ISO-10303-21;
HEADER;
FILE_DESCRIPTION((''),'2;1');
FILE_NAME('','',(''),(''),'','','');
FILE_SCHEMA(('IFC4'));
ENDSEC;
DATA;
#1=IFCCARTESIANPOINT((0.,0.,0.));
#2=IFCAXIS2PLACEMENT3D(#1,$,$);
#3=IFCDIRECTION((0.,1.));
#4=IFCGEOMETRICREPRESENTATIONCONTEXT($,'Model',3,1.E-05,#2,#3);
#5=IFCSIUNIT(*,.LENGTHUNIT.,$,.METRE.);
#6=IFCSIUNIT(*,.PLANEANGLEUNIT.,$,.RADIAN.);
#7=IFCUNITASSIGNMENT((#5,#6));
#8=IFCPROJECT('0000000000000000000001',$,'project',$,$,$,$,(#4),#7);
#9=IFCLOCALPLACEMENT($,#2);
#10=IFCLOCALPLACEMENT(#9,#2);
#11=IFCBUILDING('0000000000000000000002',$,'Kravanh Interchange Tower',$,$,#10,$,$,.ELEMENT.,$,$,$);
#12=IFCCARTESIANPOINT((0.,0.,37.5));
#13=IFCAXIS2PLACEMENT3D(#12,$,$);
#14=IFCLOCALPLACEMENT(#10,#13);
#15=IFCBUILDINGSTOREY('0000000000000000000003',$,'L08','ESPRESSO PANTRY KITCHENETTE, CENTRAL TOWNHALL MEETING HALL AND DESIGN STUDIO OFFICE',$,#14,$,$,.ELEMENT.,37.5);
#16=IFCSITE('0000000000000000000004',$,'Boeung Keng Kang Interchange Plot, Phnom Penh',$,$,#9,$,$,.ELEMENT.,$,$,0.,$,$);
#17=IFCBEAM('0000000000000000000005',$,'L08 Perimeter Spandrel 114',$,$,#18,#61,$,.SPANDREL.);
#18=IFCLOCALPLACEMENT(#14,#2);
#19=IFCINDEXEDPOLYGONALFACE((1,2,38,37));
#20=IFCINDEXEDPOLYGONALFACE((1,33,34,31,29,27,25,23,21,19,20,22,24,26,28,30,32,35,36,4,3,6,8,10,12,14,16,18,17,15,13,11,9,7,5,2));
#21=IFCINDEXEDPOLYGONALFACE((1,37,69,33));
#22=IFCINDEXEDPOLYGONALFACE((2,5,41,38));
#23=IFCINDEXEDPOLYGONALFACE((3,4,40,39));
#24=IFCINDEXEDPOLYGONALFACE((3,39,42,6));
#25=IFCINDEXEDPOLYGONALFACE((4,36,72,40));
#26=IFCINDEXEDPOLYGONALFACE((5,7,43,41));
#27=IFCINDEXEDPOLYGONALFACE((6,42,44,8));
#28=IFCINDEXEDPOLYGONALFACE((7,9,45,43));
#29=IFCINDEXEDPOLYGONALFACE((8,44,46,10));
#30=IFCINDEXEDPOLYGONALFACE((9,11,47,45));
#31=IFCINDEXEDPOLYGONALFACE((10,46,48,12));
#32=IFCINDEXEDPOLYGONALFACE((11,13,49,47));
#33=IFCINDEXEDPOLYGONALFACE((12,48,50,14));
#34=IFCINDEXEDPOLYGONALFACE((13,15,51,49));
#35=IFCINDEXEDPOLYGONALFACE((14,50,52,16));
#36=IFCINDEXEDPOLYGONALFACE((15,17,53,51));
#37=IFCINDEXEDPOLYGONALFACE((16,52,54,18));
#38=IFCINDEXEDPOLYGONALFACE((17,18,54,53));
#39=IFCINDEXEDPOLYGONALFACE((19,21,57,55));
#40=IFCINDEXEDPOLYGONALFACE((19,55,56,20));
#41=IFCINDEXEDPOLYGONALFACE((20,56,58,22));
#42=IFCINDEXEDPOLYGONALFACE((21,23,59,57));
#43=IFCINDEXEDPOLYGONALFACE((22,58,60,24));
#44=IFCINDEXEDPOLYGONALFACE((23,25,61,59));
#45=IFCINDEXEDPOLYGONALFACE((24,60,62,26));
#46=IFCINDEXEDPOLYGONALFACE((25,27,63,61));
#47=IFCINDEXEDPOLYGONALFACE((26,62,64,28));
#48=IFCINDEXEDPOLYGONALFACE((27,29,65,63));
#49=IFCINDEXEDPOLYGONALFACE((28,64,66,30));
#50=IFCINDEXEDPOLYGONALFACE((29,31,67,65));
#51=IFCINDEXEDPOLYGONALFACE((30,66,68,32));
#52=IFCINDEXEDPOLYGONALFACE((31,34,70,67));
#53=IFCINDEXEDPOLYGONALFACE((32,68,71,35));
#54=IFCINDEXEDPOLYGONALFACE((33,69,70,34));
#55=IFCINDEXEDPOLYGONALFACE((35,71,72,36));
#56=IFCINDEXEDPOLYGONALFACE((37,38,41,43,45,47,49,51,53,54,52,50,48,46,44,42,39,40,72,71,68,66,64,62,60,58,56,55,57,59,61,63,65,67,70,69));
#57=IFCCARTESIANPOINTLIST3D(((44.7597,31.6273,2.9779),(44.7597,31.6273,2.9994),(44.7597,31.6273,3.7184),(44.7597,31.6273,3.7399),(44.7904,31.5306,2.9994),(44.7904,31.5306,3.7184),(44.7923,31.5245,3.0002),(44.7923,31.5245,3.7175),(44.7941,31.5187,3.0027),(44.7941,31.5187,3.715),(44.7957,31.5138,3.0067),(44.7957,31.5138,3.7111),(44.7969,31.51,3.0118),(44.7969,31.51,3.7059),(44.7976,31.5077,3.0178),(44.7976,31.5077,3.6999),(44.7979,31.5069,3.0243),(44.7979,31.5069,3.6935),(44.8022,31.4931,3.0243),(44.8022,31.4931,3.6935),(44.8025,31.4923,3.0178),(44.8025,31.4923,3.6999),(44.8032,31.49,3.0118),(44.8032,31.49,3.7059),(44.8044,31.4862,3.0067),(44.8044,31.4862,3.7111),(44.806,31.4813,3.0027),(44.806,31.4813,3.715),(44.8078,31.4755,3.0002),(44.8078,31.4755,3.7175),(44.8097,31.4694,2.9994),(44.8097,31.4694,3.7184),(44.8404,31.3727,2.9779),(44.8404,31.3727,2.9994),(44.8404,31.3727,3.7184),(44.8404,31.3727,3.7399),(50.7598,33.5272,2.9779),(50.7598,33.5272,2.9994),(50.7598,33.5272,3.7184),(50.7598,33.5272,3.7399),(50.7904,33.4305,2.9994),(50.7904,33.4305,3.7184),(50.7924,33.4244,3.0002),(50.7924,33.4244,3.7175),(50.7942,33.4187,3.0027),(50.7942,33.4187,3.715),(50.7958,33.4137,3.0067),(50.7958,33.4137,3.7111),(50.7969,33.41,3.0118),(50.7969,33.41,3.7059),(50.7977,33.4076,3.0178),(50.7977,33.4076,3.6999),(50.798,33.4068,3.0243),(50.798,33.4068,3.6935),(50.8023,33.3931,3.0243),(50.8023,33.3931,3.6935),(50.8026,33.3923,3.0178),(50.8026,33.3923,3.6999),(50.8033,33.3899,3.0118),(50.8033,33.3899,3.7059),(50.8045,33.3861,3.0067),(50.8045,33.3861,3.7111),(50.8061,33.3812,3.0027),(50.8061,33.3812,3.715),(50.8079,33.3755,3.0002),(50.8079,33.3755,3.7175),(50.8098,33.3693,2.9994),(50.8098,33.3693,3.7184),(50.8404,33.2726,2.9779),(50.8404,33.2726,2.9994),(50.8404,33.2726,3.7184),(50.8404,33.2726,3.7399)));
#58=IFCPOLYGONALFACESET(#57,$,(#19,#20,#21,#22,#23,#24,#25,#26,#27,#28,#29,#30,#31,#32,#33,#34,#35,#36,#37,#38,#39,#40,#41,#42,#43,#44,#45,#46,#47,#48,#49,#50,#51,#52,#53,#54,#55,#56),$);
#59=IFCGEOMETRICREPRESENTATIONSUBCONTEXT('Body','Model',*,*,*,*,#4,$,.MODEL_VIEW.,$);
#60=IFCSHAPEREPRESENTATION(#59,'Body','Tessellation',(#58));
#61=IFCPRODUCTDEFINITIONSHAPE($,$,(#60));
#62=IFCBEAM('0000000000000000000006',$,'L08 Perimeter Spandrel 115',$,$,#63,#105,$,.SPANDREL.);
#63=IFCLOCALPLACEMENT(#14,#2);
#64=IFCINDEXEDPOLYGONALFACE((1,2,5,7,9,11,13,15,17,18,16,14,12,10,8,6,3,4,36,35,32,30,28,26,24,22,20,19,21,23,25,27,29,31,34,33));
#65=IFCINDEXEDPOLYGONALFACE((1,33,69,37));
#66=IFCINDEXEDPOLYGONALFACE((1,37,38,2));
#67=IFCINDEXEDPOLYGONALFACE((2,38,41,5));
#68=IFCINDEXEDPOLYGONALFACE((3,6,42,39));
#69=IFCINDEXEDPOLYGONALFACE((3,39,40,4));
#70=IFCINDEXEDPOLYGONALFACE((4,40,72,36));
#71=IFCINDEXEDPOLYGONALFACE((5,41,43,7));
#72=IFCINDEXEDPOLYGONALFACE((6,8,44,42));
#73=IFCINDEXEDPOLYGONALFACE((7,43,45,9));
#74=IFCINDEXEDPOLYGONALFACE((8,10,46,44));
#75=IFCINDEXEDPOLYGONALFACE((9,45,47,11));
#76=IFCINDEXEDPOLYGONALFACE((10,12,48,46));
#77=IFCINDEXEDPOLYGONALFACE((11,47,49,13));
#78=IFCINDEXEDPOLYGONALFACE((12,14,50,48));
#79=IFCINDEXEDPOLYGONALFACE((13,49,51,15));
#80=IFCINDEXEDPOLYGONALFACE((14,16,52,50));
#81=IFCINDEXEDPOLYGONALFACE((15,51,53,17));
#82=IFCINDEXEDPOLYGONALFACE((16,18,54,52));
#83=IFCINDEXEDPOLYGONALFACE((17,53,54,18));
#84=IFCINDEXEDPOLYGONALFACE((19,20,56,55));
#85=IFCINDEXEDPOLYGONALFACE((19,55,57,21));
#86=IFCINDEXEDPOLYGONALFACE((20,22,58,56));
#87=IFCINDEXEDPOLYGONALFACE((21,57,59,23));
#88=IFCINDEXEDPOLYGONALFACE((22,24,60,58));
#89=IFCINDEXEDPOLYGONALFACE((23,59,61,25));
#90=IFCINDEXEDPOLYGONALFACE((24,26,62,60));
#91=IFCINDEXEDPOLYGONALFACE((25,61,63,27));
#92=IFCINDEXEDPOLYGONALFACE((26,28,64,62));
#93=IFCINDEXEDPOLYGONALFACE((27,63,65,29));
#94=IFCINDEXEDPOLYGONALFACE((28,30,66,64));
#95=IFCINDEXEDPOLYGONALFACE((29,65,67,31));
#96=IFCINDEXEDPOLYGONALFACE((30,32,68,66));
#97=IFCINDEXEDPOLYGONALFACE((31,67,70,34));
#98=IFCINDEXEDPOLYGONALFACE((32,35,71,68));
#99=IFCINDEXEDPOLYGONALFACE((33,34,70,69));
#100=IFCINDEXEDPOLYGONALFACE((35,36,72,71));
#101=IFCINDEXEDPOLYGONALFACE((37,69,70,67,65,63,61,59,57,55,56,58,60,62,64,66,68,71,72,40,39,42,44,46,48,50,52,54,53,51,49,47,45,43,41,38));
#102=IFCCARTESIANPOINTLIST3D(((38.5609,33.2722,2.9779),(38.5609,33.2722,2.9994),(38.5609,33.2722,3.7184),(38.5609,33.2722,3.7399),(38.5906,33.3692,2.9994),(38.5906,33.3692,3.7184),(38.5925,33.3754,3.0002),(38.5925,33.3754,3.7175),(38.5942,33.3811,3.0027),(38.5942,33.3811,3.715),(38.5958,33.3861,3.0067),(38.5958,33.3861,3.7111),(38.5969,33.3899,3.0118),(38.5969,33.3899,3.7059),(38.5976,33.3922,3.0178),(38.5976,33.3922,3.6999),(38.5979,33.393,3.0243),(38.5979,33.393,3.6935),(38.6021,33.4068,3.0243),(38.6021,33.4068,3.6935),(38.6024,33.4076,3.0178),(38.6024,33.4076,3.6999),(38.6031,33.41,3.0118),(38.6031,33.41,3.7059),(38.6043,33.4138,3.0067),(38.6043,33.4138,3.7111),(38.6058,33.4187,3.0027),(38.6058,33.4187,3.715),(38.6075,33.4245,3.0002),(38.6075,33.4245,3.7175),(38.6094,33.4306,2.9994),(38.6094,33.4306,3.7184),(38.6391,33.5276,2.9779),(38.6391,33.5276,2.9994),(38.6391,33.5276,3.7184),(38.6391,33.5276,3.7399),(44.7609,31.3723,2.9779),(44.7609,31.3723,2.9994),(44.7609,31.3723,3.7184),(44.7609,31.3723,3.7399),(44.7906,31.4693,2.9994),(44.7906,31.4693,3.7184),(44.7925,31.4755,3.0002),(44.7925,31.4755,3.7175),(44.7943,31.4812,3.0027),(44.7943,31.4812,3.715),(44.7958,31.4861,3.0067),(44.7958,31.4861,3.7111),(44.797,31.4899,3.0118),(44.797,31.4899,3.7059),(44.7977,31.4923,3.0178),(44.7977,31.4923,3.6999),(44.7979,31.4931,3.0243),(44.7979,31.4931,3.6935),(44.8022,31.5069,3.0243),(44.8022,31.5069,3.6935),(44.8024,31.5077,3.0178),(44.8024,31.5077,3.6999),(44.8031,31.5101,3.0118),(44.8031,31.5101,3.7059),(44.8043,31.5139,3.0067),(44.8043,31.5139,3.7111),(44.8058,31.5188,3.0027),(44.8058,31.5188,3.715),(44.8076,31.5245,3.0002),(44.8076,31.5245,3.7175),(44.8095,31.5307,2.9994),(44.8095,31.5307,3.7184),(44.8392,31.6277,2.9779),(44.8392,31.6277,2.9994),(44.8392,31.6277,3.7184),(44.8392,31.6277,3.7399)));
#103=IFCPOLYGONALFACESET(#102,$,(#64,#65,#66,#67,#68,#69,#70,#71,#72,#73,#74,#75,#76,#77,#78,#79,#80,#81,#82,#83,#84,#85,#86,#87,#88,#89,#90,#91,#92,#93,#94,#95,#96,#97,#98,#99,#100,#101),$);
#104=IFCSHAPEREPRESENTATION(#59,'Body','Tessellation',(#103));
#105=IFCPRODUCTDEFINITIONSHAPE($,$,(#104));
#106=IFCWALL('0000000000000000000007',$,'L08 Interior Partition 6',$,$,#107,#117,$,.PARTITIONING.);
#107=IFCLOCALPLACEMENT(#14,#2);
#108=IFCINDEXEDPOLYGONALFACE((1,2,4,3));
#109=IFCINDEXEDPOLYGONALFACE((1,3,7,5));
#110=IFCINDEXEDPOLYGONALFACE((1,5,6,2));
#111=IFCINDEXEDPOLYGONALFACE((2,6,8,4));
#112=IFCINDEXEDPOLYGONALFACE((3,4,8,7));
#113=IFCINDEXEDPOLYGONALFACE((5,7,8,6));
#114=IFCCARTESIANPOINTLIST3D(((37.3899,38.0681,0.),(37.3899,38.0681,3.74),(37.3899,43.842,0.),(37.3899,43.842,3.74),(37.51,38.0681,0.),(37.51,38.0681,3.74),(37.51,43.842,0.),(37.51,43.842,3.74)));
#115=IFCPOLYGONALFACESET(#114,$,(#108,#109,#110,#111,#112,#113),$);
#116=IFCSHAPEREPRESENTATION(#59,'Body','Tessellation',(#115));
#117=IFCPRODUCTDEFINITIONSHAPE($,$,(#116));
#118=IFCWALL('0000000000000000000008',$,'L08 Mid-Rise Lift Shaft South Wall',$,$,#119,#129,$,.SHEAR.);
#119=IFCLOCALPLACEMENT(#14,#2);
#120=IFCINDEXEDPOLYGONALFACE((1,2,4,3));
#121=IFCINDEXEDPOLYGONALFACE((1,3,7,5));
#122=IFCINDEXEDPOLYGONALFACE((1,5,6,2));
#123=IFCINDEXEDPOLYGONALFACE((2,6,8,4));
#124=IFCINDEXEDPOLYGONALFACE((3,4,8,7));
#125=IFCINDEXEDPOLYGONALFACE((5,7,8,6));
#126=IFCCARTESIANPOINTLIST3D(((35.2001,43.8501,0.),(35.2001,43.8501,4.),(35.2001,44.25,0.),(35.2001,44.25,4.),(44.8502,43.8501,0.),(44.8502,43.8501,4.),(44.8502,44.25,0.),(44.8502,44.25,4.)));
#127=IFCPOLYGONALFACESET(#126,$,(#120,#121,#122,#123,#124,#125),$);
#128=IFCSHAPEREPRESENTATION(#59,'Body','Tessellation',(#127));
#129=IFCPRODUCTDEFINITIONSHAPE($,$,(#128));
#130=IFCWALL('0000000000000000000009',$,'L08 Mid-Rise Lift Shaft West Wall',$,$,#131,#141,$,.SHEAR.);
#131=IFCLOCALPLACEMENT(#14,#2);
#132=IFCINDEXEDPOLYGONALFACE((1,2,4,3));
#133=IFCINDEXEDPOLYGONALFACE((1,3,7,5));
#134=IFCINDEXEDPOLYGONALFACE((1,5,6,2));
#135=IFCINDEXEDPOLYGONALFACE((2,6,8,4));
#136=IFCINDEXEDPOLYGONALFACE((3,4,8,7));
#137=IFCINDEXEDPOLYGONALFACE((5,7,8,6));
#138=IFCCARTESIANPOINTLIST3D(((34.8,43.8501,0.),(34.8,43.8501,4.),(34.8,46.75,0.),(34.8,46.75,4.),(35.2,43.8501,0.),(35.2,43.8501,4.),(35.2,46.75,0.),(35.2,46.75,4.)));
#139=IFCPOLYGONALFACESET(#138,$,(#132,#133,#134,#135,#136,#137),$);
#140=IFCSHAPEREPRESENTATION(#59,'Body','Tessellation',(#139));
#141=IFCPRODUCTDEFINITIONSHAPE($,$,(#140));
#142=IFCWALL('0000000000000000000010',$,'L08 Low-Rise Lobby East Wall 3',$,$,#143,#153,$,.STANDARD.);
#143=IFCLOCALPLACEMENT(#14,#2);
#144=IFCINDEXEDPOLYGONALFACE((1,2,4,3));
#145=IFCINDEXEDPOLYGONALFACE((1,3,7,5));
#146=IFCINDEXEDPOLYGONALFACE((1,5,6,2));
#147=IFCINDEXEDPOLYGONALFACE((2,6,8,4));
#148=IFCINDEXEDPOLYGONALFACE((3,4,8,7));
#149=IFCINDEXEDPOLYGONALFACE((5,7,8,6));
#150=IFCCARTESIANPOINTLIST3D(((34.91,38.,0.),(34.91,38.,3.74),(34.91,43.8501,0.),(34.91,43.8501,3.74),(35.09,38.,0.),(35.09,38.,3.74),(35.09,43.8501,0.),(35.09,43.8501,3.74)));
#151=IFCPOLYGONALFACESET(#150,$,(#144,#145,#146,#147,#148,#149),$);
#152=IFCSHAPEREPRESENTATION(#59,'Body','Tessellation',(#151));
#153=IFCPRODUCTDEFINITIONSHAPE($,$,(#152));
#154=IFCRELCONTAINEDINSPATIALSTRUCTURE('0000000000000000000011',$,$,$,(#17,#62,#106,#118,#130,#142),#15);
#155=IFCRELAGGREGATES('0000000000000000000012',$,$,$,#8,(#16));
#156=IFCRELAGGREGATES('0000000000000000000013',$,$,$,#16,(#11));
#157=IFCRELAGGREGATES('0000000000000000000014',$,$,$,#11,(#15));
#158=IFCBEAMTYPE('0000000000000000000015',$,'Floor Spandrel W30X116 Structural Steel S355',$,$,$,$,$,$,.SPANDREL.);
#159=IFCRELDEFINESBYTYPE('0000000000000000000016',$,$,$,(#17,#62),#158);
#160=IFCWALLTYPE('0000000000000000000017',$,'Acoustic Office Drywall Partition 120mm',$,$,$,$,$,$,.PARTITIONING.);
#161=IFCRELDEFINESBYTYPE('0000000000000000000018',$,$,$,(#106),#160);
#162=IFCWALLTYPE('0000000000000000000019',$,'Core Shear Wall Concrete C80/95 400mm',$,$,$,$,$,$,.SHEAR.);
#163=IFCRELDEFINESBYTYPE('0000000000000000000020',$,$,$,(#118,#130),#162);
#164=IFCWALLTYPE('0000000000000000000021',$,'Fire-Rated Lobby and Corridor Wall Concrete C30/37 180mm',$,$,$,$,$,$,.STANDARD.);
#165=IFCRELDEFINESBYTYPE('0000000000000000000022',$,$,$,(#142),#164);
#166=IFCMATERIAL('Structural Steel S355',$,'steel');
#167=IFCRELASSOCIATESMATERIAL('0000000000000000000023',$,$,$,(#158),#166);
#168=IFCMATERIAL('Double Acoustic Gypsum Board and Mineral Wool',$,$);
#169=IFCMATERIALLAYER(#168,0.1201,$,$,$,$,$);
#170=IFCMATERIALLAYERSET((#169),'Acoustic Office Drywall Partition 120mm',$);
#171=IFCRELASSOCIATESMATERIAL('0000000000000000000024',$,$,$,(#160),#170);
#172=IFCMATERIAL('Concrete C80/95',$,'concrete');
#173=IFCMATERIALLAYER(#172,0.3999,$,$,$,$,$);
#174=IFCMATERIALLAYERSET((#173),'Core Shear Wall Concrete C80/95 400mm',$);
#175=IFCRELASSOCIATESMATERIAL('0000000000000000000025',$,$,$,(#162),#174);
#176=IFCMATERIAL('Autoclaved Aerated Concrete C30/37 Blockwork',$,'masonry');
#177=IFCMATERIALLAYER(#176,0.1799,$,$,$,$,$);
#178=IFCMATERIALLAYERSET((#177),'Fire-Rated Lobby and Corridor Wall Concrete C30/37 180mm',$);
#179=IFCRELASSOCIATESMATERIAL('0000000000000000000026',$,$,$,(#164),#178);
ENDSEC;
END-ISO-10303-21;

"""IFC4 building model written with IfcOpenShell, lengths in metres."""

from ifc_helpers import new_model, si_unit, direction, frame, frame_2d, origin, origin_2d, place, context, subcontext, project, spatial, rectangle, i_section, extrude, material, layer, layer_set, material_profile, profile_set, type_object, element, save


model = new_model("IFC4")

# Units and contexts
model_context = context("Model", 3, precision=1e-05, world=origin(), true_north=direction((0.0, 1.0)))
body_context = subcontext(model_context, "Body", "Model", "MODEL_VIEW")
ifc_project = project(units=[si_unit("LENGTHUNIT", "METRE"), si_unit("PLANEANGLEUNIT", "RADIAN")], contexts=[model_context])

# Site, building, storey
site_placement = place(None, origin())
site = spatial("IfcSite", under=ifc_project, at=site_placement, Name="Boeung Keng Kang Interchange Plot, Phnom Penh", CompositionType="ELEMENT", RefElevation=0.0)
building_placement = place(site_placement, origin())
building = spatial("IfcBuilding", under=site, at=building_placement, Name="Kravanh Interchange Tower", CompositionType="ELEMENT")
storey_placement = place(building_placement, frame((0.0, 0.0, 37.5)))
storey = spatial("IfcBuildingStorey", under=building, at=storey_placement, Name="L08", Description="ESPRESSO PANTRY KITCHENETTE, CENTRAL TOWNHALL MEETING HALL AND DESIGN STUDIO OFFICE", CompositionType="ELEMENT", Elevation=37.5)

# Beams
ifc_material_1 = material(Name="Structural Steel S355", Category="steel")
ifc_material_profile_1 = material_profile(ifc_material_1, i_section(OverallWidth=0.2671, OverallDepth=0.762, WebThickness=0.0144, FlangeThickness=0.0215, FilletRadius=0.0249, at=origin_2d()), Name="W30X116")
ifc_profile_set_1 = profile_set([ifc_material_profile_1], Name="Structural Steel S355")
beam_type_1 = type_object("IfcBeamType", Name="Floor Spandrel W30X116 Structural Steel S355", PredefinedType="SPANDREL", material=ifc_profile_set_1)
beam_1_placement = place(storey_placement, frame((44.8, 31.5, 3.3589), z_axis=(0.953347, 0.301878, 0.0), x_axis=(-0.301878, 0.953347, 0.0)))
element("IfcBeam", 1, at=beam_1_placement, inside=storey, type_object=beam_type_1, Name="L08 Perimeter Spandrel 114", PredefinedType="SPANDREL", context=body_context, shape_type="SweptSolid", body=[
    extrude(i_section(OverallWidth=0.2671, OverallDepth=0.762, WebThickness=0.0144, FlangeThickness=0.0215, FilletRadius=0.0249, at=origin_2d()), origin(), (0.0, 0.0, 1.0), 6.2937),
])
beam_2_placement = place(storey_placement, frame((44.8, 31.5, 3.3589), z_axis=(-0.956115, 0.29299, 0.0), x_axis=(-0.29299, -0.956115, 0.0)))
element("IfcBeam", 2, at=beam_2_placement, inside=storey, type_object=beam_type_1, Name="L08 Perimeter Spandrel 115", PredefinedType="SPANDREL", context=body_context, shape_type="SweptSolid", body=[
    extrude(i_section(OverallWidth=0.2671, OverallDepth=0.762, WebThickness=0.0144, FlangeThickness=0.0215, FilletRadius=0.0249, at=origin_2d()), origin(), (0.0, 0.0, 1.0), 6.4846),
])

# Walls
ifc_material_2 = material(Name="Double Acoustic Gypsum Board and Mineral Wool")
ifc_layer_1 = layer(ifc_material_2, 0.1201)
ifc_layer_set_1 = layer_set([ifc_layer_1], Name="Acoustic Office Drywall Partition 120mm")
wall_type_1 = type_object("IfcWallType", Name="Acoustic Office Drywall Partition 120mm", PredefinedType="PARTITIONING", material=ifc_layer_set_1)
wall_1_placement = place(storey_placement, frame((37.45, 38.0681, 0.0), z_axis=(0.0, 0.0, 1.0), x_axis=(0.0, 1.0, 0.0)))
element("IfcWall", 3, at=wall_1_placement, inside=storey, type_object=wall_type_1, Name="L08 Interior Partition 6", PredefinedType="PARTITIONING", context=body_context, shape_type="SweptSolid", body=[
    extrude(rectangle(XDim=5.7739, YDim=0.1201, at=frame_2d((2.887, 0.0))), origin(), (0.0, 0.0, 1.0), 3.74),
])
ifc_material_3 = material(Name="Concrete C80/95", Category="concrete")
ifc_layer_2 = layer(ifc_material_3, 0.3999)
ifc_layer_set_2 = layer_set([ifc_layer_2], Name="Core Shear Wall Concrete C80/95 400mm")
wall_type_2 = type_object("IfcWallType", Name="Core Shear Wall Concrete C80/95 400mm", PredefinedType="SHEAR", material=ifc_layer_set_2)
wall_2_placement = place(storey_placement, frame((35.2, 44.05, 0.0), z_axis=(0.0, 0.0, 1.0), x_axis=(1.0, 0.0, 0.0)))
element("IfcWall", 4, at=wall_2_placement, inside=storey, type_object=wall_type_2, Name="L08 Mid-Rise Lift Shaft South Wall", PredefinedType="SHEAR", context=body_context, shape_type="SweptSolid", body=[
    extrude(rectangle(XDim=9.6501, YDim=0.3999, at=frame_2d((4.8252, 0.0))), origin(), (0.0, 0.0, 1.0), 4.0),
])
wall_3_placement = place(storey_placement, frame((35.0, 43.8501, 0.0), z_axis=(0.0, 0.0, 1.0), x_axis=(0.0, 1.0, 0.0)))
element("IfcWall", 5, at=wall_3_placement, inside=storey, type_object=wall_type_2, Name="L08 Mid-Rise Lift Shaft West Wall", PredefinedType="SHEAR", context=body_context, shape_type="SweptSolid", body=[
    extrude(rectangle(XDim=2.8999, YDim=0.3999, at=frame_2d((1.45, 0.0))), origin(), (0.0, 0.0, 1.0), 4.0),
])
ifc_material_4 = material(Name="Autoclaved Aerated Concrete C30/37 Blockwork", Category="masonry")
ifc_layer_3 = layer(ifc_material_4, 0.1799)
ifc_layer_set_3 = layer_set([ifc_layer_3], Name="Fire-Rated Lobby and Corridor Wall Concrete C30/37 180mm")
wall_type_3 = type_object("IfcWallType", Name="Fire-Rated Lobby and Corridor Wall Concrete C30/37 180mm", PredefinedType="STANDARD", material=ifc_layer_set_3)
wall_4_placement = place(storey_placement, frame((35.0, 38.0, 0.0), z_axis=(0.0, 0.0, 1.0), x_axis=(0.0, 1.0, 0.0)))
element("IfcWall", 6, at=wall_4_placement, inside=storey, type_object=wall_type_3, Name="L08 Low-Rise Lobby East Wall 3", PredefinedType="STANDARD", context=body_context, shape_type="SweptSolid", body=[
    extrude(rectangle(XDim=5.8501, YDim=0.1799, at=frame_2d((2.925, 0.0))), origin(), (0.0, 0.0, 1.0), 3.74),
])

save(model, "model.ifc")
